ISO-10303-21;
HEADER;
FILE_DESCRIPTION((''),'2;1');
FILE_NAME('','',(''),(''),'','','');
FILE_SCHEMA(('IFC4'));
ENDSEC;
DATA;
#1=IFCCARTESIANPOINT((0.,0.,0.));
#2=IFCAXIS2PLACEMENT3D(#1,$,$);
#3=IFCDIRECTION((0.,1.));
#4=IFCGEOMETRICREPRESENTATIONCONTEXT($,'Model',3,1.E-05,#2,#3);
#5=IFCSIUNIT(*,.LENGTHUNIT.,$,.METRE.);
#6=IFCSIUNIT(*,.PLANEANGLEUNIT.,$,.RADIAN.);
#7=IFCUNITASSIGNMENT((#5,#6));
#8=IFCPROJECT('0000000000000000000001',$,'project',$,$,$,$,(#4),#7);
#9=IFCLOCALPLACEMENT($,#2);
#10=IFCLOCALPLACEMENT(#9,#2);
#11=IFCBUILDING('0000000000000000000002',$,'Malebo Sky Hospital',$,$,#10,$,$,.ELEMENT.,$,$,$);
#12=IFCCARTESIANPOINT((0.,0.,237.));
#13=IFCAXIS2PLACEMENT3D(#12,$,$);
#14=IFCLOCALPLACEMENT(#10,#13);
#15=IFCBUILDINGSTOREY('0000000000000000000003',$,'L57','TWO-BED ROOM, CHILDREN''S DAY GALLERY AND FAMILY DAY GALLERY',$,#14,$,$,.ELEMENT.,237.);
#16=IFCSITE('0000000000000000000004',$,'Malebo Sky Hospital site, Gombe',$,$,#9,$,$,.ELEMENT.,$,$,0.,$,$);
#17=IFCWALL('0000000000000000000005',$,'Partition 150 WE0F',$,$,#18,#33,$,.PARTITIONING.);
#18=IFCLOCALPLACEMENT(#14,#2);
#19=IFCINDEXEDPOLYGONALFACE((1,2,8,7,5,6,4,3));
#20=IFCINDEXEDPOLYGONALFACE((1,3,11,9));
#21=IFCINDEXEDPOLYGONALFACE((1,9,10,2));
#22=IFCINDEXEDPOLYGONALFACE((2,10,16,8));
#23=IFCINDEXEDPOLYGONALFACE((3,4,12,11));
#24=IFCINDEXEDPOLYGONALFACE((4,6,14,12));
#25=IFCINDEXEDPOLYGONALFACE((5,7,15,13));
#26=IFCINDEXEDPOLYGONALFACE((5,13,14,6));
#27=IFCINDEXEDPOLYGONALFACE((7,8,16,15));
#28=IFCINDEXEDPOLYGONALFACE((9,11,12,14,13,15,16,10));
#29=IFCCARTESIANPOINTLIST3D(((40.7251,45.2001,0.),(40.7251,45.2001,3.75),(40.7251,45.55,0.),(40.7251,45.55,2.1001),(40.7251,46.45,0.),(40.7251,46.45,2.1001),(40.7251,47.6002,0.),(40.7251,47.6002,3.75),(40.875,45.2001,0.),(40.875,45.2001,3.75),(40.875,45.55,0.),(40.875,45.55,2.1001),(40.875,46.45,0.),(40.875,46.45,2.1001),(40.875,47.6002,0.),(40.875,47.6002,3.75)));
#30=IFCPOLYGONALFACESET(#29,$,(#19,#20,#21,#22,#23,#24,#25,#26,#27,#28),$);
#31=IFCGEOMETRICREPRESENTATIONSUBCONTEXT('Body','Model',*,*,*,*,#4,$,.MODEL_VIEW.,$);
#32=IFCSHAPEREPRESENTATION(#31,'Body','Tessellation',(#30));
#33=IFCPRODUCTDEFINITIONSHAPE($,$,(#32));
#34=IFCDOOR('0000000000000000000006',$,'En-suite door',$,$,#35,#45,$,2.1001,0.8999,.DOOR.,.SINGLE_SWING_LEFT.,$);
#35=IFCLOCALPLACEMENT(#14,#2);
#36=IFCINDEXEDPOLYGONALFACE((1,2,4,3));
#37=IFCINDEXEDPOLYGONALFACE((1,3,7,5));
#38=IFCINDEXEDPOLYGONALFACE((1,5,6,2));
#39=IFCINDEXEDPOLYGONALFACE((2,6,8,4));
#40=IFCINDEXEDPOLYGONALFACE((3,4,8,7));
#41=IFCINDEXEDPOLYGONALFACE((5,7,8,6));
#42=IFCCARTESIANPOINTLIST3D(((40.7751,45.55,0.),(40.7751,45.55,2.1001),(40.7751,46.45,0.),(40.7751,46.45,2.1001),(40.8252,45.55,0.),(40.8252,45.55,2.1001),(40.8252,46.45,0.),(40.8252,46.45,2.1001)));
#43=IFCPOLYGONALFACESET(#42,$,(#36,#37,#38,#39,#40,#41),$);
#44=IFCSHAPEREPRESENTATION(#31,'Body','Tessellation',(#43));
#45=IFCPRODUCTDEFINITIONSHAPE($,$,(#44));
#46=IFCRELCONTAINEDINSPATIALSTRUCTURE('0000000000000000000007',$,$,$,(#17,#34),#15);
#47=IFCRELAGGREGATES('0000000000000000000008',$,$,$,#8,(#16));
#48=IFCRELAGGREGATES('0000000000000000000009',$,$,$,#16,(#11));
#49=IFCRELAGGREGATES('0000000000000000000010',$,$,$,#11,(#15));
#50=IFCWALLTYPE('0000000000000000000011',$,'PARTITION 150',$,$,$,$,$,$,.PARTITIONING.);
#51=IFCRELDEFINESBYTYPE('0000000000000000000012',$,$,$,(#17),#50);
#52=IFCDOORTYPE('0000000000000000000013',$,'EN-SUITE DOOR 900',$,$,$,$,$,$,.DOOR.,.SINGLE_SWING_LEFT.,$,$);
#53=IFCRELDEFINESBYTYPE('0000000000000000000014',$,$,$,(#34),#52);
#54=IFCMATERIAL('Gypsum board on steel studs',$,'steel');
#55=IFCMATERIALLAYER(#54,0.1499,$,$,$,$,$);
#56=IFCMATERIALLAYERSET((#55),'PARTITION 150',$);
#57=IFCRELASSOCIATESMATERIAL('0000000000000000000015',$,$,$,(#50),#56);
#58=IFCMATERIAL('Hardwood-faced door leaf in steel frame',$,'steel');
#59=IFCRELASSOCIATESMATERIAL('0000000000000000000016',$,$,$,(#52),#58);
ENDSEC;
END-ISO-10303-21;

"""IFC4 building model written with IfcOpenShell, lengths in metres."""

from ifc_helpers import new_model, si_unit, direction, frame, frame_2d, origin, place, context, subcontext, project, spatial, rectangle, extrude, material, layer, layer_set, type_object, element, fill, save


model = new_model("IFC4")

# Units and contexts
model_context = context("Model", 3, precision=1e-05, world=origin(), true_north=direction((0.0, 1.0)))
body_context = subcontext(model_context, "Body", "Model", "MODEL_VIEW")
ifc_project = project(units=[si_unit("LENGTHUNIT", "METRE"), si_unit("PLANEANGLEUNIT", "RADIAN")], contexts=[model_context])

# Site, building, storey
site_placement = place(None, origin())
site = spatial("IfcSite", under=ifc_project, at=site_placement, Name="Malebo Sky Hospital site, Gombe", CompositionType="ELEMENT", RefElevation=0.0)
building_placement = place(site_placement, origin())
building = spatial("IfcBuilding", under=site, at=building_placement, Name="Malebo Sky Hospital", CompositionType="ELEMENT")
storey_placement = place(building_placement, frame((0.0, 0.0, 237.0)))
storey = spatial("IfcBuildingStorey", under=building, at=storey_placement, Name="L57", Description="TWO-BED ROOM, CHILDREN'S DAY GALLERY AND FAMILY DAY GALLERY", CompositionType="ELEMENT", Elevation=237.0)

# Shared definitions
ifc_material_1 = material(Name="Gypsum board on steel studs", Category="steel")
ifc_material_2 = material(Name="Hardwood-faced door leaf in steel frame", Category="steel")

# Shared definitions
ifc_layer_1 = layer(ifc_material_1, 0.1499)
ifc_layer_set_1 = layer_set([ifc_layer_1], Name="PARTITION 150")
wall_type_1 = type_object("IfcWallType", Name="PARTITION 150", PredefinedType="PARTITIONING", material=ifc_layer_set_1)

# Wall, opening, door
wall_1_placement = place(storey_placement, frame((40.8, 45.2, 0.0), z_axis=(0.0, 0.0, 1.0), x_axis=(0.0, 1.0, 0.0)))
wall_1 = element("IfcWall", 1, at=wall_1_placement, inside=storey, type_object=wall_type_1, Name="Partition 150 WE0F", PredefinedType="PARTITIONING", context=body_context, shape_type="SweptSolid", body=[
    extrude(rectangle(XDim=2.4001, YDim=0.1499, at=frame_2d((1.2002, 0.0))), origin(), (0.0, 0.0, 1.0), 3.75),
])
opening_1_placement = place(wall_1_placement, frame((0.3501, 0.0, 0.0)))
opening_1 = element("IfcOpeningElement", 2, at=opening_1_placement, cuts=wall_1, PredefinedType="OPENING", context=body_context, shape_type="SweptSolid", body=[
    extrude(rectangle(XDim=0.8999, YDim=2.1001, at=frame_2d((0.45, 1.05))), frame((0.0, 0.085, 0.0), z_axis=(0.0, -1.0, 0.0), x_axis=(1.0, 0.0, 0.0)), (0.0, 0.0, 1.0), 0.1699),
])
door_type_1 = type_object("IfcDoorType", Name="EN-SUITE DOOR 900", OperationType="SINGLE_SWING_LEFT", PredefinedType="DOOR", material=ifc_material_2)
door_1_placement = place(opening_1_placement, origin())
door_1 = element("IfcDoor", 3, at=door_1_placement, inside=storey, type_object=door_type_1, Name="En-suite door", OperationType="SINGLE_SWING_LEFT", OverallHeight=2.1001, OverallWidth=0.8999, PredefinedType="DOOR", context=body_context, shape_type="SweptSolid", body=[
    extrude(rectangle(XDim=0.8999, YDim=2.1001, at=frame_2d((0.45, 1.05))), frame((0.0, 0.0249, 0.0), z_axis=(0.0, -1.0, 0.0), x_axis=(1.0, 0.0, 0.0)), (0.0, 0.0, 1.0), 0.05),
])
fill(opening_1, door_1)

save(model, "model.ifc")
